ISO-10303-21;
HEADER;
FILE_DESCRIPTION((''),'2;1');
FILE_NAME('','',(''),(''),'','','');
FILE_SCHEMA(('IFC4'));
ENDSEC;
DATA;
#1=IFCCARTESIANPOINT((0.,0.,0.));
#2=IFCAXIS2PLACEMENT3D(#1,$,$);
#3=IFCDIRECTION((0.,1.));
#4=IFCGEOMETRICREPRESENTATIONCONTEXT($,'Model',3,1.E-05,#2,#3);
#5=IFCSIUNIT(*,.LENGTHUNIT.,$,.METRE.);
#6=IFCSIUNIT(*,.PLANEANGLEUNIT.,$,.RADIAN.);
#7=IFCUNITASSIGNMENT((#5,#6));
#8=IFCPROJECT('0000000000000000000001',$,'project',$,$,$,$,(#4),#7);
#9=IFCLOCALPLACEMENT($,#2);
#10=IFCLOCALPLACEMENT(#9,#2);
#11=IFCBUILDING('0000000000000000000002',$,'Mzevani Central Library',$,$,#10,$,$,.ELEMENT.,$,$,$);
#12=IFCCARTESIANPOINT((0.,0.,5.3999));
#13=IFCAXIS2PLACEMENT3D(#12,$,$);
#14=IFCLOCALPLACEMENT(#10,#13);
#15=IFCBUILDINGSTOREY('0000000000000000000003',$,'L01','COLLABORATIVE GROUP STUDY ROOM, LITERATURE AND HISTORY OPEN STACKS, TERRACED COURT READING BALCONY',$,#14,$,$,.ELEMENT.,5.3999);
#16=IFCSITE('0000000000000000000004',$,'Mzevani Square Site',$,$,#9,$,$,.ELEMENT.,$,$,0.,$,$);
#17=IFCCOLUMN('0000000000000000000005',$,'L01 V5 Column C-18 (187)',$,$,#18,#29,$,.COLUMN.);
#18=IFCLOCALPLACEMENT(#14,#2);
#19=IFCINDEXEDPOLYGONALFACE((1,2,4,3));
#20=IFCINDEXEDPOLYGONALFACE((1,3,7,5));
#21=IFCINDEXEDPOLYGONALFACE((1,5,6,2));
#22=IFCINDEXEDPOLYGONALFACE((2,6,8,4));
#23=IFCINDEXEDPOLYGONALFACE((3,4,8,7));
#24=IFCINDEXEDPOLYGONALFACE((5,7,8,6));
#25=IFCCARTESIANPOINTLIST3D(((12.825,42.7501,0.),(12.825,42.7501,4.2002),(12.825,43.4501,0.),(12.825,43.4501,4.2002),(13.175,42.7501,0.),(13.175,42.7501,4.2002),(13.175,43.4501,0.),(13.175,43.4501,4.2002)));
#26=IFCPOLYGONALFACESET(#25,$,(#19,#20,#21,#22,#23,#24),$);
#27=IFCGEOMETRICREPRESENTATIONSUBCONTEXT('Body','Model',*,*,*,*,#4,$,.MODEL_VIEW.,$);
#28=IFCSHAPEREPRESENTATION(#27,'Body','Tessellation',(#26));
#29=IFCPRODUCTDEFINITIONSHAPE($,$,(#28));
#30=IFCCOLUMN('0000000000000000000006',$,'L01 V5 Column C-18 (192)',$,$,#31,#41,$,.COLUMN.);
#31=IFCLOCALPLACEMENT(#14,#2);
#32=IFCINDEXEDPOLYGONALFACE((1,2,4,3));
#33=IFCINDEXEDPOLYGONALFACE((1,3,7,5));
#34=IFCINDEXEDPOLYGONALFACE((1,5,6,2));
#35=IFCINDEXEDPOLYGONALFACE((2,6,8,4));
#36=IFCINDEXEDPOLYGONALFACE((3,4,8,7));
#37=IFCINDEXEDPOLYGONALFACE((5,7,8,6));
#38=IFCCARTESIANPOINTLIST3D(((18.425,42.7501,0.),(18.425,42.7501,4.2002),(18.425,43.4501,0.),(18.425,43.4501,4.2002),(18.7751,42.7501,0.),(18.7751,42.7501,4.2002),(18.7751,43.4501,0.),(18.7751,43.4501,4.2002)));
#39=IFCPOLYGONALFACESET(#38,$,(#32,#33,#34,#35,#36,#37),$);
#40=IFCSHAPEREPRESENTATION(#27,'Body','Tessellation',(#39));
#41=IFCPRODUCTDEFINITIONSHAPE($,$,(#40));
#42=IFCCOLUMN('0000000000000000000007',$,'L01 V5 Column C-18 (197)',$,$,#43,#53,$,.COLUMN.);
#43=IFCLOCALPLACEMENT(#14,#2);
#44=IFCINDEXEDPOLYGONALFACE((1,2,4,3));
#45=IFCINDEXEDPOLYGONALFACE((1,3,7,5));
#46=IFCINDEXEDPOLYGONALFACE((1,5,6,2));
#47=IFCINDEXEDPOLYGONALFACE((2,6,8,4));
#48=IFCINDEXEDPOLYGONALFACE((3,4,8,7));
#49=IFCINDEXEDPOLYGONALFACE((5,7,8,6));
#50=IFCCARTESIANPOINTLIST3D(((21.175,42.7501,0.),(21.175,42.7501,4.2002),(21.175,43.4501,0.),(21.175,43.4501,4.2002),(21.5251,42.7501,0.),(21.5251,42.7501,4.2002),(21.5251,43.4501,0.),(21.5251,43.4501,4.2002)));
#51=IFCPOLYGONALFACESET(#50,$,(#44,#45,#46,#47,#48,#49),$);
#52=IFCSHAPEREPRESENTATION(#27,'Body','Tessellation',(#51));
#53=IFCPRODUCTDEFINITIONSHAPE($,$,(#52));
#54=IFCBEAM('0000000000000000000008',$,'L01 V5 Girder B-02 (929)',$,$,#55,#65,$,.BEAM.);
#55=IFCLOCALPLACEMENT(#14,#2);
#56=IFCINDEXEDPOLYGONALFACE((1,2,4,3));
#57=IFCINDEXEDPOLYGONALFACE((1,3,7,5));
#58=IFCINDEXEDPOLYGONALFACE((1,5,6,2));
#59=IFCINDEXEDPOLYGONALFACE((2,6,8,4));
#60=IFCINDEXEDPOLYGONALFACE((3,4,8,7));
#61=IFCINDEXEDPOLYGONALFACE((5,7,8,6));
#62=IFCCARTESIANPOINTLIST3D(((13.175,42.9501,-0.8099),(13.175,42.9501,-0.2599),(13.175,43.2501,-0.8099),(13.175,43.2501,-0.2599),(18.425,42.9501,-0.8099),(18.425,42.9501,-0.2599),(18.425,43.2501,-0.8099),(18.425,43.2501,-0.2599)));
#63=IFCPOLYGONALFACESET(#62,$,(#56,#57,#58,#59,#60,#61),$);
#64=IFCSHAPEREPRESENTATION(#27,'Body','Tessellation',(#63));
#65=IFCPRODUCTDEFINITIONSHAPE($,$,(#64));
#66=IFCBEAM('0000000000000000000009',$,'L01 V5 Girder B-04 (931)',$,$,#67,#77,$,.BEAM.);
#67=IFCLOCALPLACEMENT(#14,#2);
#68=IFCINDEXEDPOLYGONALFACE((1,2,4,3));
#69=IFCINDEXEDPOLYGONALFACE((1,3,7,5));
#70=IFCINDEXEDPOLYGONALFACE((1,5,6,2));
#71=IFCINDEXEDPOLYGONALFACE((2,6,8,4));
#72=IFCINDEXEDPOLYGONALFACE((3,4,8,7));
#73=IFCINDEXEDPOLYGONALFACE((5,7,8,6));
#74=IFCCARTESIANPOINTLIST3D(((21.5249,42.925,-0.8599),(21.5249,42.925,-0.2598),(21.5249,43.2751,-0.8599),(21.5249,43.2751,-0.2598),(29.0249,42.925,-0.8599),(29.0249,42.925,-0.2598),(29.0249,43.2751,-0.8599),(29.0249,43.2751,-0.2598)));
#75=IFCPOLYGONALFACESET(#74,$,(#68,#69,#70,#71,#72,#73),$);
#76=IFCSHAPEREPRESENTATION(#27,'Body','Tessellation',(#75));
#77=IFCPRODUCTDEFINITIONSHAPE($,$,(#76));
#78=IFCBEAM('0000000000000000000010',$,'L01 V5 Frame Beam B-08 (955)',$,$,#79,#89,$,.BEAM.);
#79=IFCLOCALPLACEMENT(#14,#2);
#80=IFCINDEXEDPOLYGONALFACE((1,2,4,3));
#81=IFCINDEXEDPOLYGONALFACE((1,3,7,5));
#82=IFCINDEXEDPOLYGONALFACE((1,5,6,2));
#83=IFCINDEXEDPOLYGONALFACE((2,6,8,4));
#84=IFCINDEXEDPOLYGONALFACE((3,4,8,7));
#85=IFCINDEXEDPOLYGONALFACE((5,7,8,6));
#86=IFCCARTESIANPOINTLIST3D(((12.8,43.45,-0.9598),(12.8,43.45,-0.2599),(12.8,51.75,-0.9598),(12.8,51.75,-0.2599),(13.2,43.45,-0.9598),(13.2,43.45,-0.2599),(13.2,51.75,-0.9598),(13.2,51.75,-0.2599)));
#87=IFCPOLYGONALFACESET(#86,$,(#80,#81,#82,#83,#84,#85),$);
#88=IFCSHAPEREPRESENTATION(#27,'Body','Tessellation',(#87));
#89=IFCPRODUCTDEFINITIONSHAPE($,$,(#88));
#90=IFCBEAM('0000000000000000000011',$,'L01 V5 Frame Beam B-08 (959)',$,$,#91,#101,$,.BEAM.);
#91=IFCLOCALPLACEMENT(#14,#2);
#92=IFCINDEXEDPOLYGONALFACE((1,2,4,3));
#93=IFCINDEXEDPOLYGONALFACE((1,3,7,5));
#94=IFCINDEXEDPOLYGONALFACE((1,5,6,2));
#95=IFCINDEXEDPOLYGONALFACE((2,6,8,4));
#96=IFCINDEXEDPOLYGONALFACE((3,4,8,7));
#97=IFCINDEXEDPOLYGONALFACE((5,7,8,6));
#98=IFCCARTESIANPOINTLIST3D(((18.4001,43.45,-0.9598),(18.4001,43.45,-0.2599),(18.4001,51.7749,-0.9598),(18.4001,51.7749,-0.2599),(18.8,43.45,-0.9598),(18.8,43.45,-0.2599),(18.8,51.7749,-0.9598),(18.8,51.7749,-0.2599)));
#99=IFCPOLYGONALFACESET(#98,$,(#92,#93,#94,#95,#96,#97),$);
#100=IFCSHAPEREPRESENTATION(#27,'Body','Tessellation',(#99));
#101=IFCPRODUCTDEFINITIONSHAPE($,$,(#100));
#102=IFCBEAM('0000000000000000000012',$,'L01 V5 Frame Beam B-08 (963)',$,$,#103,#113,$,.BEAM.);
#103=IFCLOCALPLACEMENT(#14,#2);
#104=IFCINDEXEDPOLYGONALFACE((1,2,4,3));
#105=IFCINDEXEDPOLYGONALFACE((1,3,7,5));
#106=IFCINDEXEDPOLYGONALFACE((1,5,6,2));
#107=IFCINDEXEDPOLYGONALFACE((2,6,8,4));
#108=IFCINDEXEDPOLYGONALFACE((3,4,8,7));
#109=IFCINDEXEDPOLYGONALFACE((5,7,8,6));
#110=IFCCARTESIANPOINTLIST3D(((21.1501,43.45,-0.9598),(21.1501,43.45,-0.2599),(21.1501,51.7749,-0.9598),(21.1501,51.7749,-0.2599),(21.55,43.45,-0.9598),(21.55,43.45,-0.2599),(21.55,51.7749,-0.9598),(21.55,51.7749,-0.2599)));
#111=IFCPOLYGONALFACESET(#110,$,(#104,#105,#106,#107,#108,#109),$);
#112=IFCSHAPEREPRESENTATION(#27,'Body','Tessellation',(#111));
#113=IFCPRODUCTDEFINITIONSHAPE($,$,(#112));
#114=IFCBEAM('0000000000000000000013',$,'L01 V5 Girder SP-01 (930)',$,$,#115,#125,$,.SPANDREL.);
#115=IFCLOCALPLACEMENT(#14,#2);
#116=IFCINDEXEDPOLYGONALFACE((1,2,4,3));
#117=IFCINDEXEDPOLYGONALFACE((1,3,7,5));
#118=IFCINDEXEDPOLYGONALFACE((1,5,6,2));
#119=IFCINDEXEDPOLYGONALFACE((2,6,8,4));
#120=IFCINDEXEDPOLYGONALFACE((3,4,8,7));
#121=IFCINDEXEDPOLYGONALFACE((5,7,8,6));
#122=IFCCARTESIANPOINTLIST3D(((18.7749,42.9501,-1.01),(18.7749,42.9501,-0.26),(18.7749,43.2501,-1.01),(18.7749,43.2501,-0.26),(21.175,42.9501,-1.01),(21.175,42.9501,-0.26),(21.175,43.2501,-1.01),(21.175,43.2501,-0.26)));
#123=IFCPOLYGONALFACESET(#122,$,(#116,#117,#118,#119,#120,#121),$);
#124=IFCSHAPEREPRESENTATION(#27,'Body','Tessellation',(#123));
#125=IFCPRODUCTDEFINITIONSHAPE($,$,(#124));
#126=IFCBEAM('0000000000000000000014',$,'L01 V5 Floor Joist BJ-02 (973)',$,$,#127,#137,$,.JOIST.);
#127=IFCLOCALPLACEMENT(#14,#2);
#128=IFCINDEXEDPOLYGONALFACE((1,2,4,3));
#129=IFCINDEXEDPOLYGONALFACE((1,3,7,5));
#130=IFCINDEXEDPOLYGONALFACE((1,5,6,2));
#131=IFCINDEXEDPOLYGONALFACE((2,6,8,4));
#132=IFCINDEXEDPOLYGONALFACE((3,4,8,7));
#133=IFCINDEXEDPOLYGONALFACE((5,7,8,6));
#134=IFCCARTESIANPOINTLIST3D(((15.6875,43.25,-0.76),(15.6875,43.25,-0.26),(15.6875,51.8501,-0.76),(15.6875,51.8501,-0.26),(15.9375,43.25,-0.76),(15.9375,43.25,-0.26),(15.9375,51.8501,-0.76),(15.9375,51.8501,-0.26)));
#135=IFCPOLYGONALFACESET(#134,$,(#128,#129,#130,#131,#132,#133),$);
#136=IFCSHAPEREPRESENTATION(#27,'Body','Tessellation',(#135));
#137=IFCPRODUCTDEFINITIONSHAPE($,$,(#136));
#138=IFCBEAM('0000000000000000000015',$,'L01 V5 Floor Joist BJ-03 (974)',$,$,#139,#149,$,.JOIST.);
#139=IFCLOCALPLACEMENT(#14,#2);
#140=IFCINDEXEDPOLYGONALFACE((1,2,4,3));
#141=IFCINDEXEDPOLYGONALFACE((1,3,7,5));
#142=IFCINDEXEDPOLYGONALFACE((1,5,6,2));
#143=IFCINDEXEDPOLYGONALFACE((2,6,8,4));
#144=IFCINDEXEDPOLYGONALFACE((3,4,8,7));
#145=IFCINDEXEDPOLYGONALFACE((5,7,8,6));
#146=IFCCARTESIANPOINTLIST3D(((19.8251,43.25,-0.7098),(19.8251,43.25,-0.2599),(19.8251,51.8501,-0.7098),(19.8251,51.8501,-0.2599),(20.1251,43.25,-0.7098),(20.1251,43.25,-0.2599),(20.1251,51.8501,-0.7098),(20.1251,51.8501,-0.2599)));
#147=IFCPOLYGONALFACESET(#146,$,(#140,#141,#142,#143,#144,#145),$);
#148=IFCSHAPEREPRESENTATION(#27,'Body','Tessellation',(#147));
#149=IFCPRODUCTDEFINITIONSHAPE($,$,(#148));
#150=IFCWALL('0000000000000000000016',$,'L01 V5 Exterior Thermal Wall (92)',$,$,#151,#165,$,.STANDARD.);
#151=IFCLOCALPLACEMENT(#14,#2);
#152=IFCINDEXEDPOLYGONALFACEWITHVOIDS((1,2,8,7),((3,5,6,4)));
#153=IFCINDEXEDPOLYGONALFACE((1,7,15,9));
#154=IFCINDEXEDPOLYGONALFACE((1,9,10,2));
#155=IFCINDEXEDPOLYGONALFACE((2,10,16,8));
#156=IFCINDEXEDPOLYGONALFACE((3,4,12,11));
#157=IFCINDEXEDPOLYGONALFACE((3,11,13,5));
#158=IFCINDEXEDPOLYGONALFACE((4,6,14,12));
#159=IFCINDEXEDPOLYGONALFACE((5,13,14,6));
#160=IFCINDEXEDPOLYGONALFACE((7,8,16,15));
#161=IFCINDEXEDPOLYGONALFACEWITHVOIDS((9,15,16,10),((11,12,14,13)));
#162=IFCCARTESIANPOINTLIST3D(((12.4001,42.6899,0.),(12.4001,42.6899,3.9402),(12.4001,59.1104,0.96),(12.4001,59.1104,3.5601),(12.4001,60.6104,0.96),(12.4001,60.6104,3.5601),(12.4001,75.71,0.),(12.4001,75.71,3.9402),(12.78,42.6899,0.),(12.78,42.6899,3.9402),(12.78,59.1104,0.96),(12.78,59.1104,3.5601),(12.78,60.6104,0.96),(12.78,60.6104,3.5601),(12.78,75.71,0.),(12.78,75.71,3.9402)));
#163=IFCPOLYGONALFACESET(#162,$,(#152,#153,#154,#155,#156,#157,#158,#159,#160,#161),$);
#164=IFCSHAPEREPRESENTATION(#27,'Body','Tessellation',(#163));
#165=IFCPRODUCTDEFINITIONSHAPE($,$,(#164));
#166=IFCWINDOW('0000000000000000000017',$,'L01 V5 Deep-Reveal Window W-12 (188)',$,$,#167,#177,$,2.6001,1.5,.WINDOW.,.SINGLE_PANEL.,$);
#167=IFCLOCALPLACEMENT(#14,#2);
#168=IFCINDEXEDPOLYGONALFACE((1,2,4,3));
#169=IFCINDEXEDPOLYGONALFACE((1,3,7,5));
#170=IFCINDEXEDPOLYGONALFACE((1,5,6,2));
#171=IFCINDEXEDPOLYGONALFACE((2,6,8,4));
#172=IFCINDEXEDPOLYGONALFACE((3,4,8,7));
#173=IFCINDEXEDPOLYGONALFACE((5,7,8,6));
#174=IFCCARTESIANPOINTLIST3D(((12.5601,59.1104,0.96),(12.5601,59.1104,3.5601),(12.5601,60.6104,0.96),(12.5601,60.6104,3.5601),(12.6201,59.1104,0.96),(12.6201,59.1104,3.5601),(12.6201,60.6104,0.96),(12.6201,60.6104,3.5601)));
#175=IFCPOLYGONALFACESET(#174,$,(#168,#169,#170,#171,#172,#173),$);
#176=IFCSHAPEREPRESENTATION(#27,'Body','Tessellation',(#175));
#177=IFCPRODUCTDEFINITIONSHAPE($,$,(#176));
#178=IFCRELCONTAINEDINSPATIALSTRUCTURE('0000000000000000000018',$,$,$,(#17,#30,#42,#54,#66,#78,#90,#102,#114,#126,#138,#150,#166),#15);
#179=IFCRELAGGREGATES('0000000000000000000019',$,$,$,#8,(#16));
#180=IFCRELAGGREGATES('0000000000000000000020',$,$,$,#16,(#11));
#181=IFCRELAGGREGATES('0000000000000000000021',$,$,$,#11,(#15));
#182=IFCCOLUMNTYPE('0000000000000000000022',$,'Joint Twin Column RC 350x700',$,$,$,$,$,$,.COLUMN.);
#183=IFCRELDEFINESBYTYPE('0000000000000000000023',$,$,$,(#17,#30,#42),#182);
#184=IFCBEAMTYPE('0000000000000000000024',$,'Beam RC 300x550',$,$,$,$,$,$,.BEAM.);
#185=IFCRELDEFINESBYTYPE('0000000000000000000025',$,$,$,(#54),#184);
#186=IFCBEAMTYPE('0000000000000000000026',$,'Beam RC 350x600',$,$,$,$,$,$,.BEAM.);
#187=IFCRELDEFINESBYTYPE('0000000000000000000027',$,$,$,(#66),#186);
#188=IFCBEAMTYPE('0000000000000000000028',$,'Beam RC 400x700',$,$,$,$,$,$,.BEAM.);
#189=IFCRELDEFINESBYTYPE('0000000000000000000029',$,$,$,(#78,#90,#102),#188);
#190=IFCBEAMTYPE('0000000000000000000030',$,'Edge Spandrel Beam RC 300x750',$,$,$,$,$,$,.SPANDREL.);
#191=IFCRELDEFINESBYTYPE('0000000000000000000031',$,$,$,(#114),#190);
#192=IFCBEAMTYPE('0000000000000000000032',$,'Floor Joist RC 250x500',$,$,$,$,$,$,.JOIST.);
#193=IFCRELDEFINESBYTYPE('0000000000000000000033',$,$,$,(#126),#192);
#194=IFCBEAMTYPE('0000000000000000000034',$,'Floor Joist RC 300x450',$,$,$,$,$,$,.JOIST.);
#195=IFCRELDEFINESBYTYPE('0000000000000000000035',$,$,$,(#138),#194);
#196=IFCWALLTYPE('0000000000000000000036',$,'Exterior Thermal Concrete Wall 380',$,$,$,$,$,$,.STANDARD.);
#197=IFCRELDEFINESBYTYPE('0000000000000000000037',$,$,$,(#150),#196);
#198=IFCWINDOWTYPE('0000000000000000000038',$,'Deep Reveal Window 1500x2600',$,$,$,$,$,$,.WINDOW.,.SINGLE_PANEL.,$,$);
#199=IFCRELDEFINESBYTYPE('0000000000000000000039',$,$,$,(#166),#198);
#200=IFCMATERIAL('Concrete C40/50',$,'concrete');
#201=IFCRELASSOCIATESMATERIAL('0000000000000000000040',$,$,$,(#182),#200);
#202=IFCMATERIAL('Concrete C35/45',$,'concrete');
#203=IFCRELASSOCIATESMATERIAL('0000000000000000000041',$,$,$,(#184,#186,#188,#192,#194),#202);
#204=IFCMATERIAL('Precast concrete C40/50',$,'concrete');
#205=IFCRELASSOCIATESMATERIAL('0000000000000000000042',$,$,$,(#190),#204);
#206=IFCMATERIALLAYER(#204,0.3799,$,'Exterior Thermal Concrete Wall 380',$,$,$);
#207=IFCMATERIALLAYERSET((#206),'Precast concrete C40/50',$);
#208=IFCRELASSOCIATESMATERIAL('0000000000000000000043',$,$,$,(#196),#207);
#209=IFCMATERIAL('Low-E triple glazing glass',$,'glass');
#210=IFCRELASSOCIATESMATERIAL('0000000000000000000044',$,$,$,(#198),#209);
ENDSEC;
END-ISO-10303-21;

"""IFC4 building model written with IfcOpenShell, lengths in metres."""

from ifc_helpers import new_model, si_unit, direction, frame, frame_2d, origin, origin_2d, place, context, subcontext, project, spatial, rectangle, extrude, material, layer, layer_set, material_profile, profile_set, type_object, element, fill, save


model = new_model("IFC4")

# Units and contexts
model_context = context("Model", 3, precision=1e-05, world=origin(), true_north=direction((0.0, 1.0)))
body_context = subcontext(model_context, "Body", "Model", "MODEL_VIEW")
ifc_project = project(units=[si_unit("LENGTHUNIT", "METRE"), si_unit("PLANEANGLEUNIT", "RADIAN")], contexts=[model_context])

# Site, building, storey
site_placement = place(None, origin())
site = spatial("IfcSite", under=ifc_project, at=site_placement, Name="Mzevani Square Site", CompositionType="ELEMENT", RefElevation=0.0)
building_placement = place(site_placement, origin())
building = spatial("IfcBuilding", under=site, at=building_placement, Name="Mzevani Central Library", CompositionType="ELEMENT")
storey_placement = place(building_placement, frame((0.0, 0.0, 5.3999)))
storey = spatial("IfcBuildingStorey", under=building, at=storey_placement, Name="L01", Description="COLLABORATIVE GROUP STUDY ROOM, LITERATURE AND HISTORY OPEN STACKS, TERRACED COURT READING BALCONY", CompositionType="ELEMENT", Elevation=5.3999)

# Columns
ifc_material_1 = material(Name="Concrete C40/50", Category="concrete")
ifc_material_profile_1 = material_profile(ifc_material_1, rectangle(XDim=0.3501, YDim=0.7, at=origin_2d()), Name="RC 350x700")
ifc_profile_set_1 = profile_set([ifc_material_profile_1], Name="Concrete C40/50")
column_type = type_object("IfcColumnType", Name="Joint Twin Column RC 350x700", PredefinedType="COLUMN", material=ifc_profile_set_1)
for number, where, z_axis, x_axis, name in (
    (1, (13.0, 43.1001, 0.0), (0.0, 0.0, 1.0), (1.0, 0.0, 0.0), "L01 V5 Column C-18 (187)"),
    (2, (18.6001, 43.1001, 0.0), (0.0, 0.0, 1.0), (1.0, 0.0, 0.0), "L01 V5 Column C-18 (192)"),
    (3, (21.3501, 43.1001, 0.0), (0.0, 0.0, 1.0), (1.0, 0.0, 0.0), "L01 V5 Column C-18 (197)"),
):
    element("IfcColumn", number, at=place(storey_placement, frame(where, z_axis=z_axis, x_axis=x_axis)), inside=storey, type_object=column_type, Name=name, PredefinedType="COLUMN", context=body_context, shape_type="SweptSolid", body=[
        extrude(rectangle(XDim=0.3501, YDim=0.7, at=origin_2d()), origin(), (0.0, 0.0, 1.0), 4.2002),
    ])

# Beams
ifc_material_2 = material(Name="Concrete C35/45", Category="concrete")
ifc_material_profile_2 = material_profile(ifc_material_2, rectangle(XDim=0.3, YDim=0.55, at=origin_2d()), Name="RC B300x550")
ifc_profile_set_2 = profile_set([ifc_material_profile_2], Name="Concrete C35/45")
beam_type_1 = type_object("IfcBeamType", Name="Beam RC 300x550", PredefinedType="BEAM", material=ifc_profile_set_2)
beam_1_placement = place(storey_placement, frame((13.175, 43.1001, -0.5349), z_axis=(1.0, 0.0, 0.0), x_axis=(0.0, 1.0, 0.0)))
element("IfcBeam", 4, at=beam_1_placement, inside=storey, type_object=beam_type_1, Name="L01 V5 Girder B-02 (929)", PredefinedType="BEAM", context=body_context, shape_type="SweptSolid", body=[
    extrude(rectangle(XDim=0.3, YDim=0.55, at=origin_2d()), origin(), (0.0, 0.0, 1.0), 5.25),
])
ifc_material_profile_3 = material_profile(ifc_material_2, rectangle(XDim=0.3501, YDim=0.6001, at=origin_2d()), Name="RC B350x600")
ifc_profile_set_3 = profile_set([ifc_material_profile_3], Name="Concrete C35/45")
beam_type_2 = type_object("IfcBeamType", Name="Beam RC 350x600", PredefinedType="BEAM", material=ifc_profile_set_3)
beam_2_placement = place(storey_placement, frame((21.5249, 43.1001, -0.5598), z_axis=(1.0, 0.0, 0.0), x_axis=(0.0, 1.0, 0.0)))
element("IfcBeam", 5, at=beam_2_placement, inside=storey, type_object=beam_type_2, Name="L01 V5 Girder B-04 (931)", PredefinedType="BEAM", context=body_context, shape_type="SweptSolid", body=[
    extrude(rectangle(XDim=0.3501, YDim=0.6001, at=origin_2d()), origin(), (0.0, 0.0, 1.0), 7.5),
])
ifc_material_profile_4 = material_profile(ifc_material_2, rectangle(XDim=0.3999, YDim=0.7, at=origin_2d()), Name="RC B400x700")
ifc_profile_set_4 = profile_set([ifc_material_profile_4], Name="Concrete C35/45")
beam_type_3 = type_object("IfcBeamType", Name="Beam RC 400x700", PredefinedType="BEAM", material=ifc_profile_set_4)
beam_3_placement = place(storey_placement, frame((13.0, 43.45, -0.6099), z_axis=(0.0, 1.0, 0.0), x_axis=(-1.0, 0.0, 0.0)))
element("IfcBeam", 6, at=beam_3_placement, inside=storey, type_object=beam_type_3, Name="L01 V5 Frame Beam B-08 (955)", PredefinedType="BEAM", context=body_context, shape_type="SweptSolid", body=[
    extrude(rectangle(XDim=0.3999, YDim=0.7, at=origin_2d()), origin(), (0.0, 0.0, 1.0), 8.3),
])
for number, where, z_axis, x_axis, name in (
    (7, (18.6001, 43.45, -0.6099), (0.0, 1.0, 0.0), (-1.0, 0.0, 0.0), "L01 V5 Frame Beam B-08 (959)"),
    (8, (21.3501, 43.45, -0.6099), (0.0, 1.0, 0.0), (-1.0, 0.0, 0.0), "L01 V5 Frame Beam B-08 (963)"),
):
    element("IfcBeam", number, at=place(storey_placement, frame(where, z_axis=z_axis, x_axis=x_axis)), inside=storey, type_object=beam_type_3, Name=name, PredefinedType="BEAM", context=body_context, shape_type="SweptSolid", body=[
        extrude(rectangle(XDim=0.3999, YDim=0.7, at=origin_2d()), origin(), (0.0, 0.0, 1.0), 8.325),
    ])
ifc_material_3 = material(Name="Precast concrete C40/50", Category="concrete")
ifc_material_profile_5 = material_profile(ifc_material_3, rectangle(XDim=0.3, YDim=0.75, at=origin_2d()), Name="RC SP300x750")
ifc_profile_set_5 = profile_set([ifc_material_profile_5], Name="Precast concrete C40/50")
beam_type_4 = type_object("IfcBeamType", Name="Edge Spandrel Beam RC 300x750", PredefinedType="SPANDREL", material=ifc_profile_set_5)
beam_4_placement = place(storey_placement, frame((18.7749, 43.1001, -0.635), z_axis=(1.0, 0.0, 0.0), x_axis=(0.0, 1.0, 0.0)))
element("IfcBeam", 9, at=beam_4_placement, inside=storey, type_object=beam_type_4, Name="L01 V5 Girder SP-01 (930)", PredefinedType="SPANDREL", context=body_context, shape_type="SweptSolid", body=[
    extrude(rectangle(XDim=0.3, YDim=0.75, at=origin_2d()), origin(), (0.0, 0.0, 1.0), 2.4001),
])
ifc_material_profile_6 = material_profile(ifc_material_2, rectangle(XDim=0.25, YDim=0.5, at=origin_2d()), Name="RC J250x500")
ifc_profile_set_6 = profile_set([ifc_material_profile_6], Name="Concrete C35/45")
beam_type_5 = type_object("IfcBeamType", Name="Floor Joist RC 250x500", PredefinedType="JOIST", material=ifc_profile_set_6)
beam_5_placement = place(storey_placement, frame((15.8125, 43.25, -0.51), z_axis=(0.0, 1.0, 0.0), x_axis=(-1.0, 0.0, 0.0)))
element("IfcBeam", 10, at=beam_5_placement, inside=storey, type_object=beam_type_5, Name="L01 V5 Floor Joist BJ-02 (973)", PredefinedType="JOIST", context=body_context, shape_type="SweptSolid", body=[
    extrude(rectangle(XDim=0.25, YDim=0.5, at=origin_2d()), origin(), (0.0, 0.0, 1.0), 8.6001),
])
ifc_material_profile_7 = material_profile(ifc_material_2, rectangle(XDim=0.3, YDim=0.45, at=origin_2d()), Name="RC J300x450")
ifc_profile_set_7 = profile_set([ifc_material_profile_7], Name="Concrete C35/45")
beam_type_6 = type_object("IfcBeamType", Name="Floor Joist RC 300x450", PredefinedType="JOIST", material=ifc_profile_set_7)
beam_6_placement = place(storey_placement, frame((19.9751, 43.25, -0.4849), z_axis=(0.0, 1.0, 0.0), x_axis=(-1.0, 0.0, 0.0)))
element("IfcBeam", 11, at=beam_6_placement, inside=storey, type_object=beam_type_6, Name="L01 V5 Floor Joist BJ-03 (974)", PredefinedType="JOIST", context=body_context, shape_type="SweptSolid", body=[
    extrude(rectangle(XDim=0.3, YDim=0.45, at=origin_2d()), origin(), (0.0, 0.0, 1.0), 8.6001),
])

# Wall, opening, window
ifc_layer_1 = layer(ifc_material_3, 0.3799, Name="Exterior Thermal Concrete Wall 380")
ifc_layer_set_1 = layer_set([ifc_layer_1], Name="Precast concrete C40/50")
wall_type_1 = type_object("IfcWallType", Name="Exterior Thermal Concrete Wall 380", PredefinedType="STANDARD", material=ifc_layer_set_1)
wall_1_placement = place(storey_placement, frame((12.5901, 42.6899, 0.0), z_axis=(0.0, 0.0, 1.0), x_axis=(0.0, 1.0, 0.0)))
wall_1 = element("IfcWall", 12, at=wall_1_placement, inside=storey, type_object=wall_type_1, Name="L01 V5 Exterior Thermal Wall (92)", PredefinedType="STANDARD", context=body_context, shape_type="SweptSolid", body=[
    extrude(rectangle(XDim=33.02, YDim=0.3799, at=frame_2d((16.51, 0.0))), origin(), (0.0, 0.0, 1.0), 3.9402),
])
opening_1_placement = place(wall_1_placement, frame((16.4204, 0.0, 0.96)))
opening_1 = element("IfcOpeningElement", 13, at=opening_1_placement, cuts=wall_1, PredefinedType="OPENING", context=body_context, shape_type="SweptSolid", body=[
    extrude(rectangle(XDim=1.5, YDim=2.6001, at=frame_2d((0.75, 1.3))), frame((0.0, 0.2, 0.0), z_axis=(0.0, -1.0, 0.0), x_axis=(1.0, 0.0, 0.0)), (0.0, 0.0, 1.0), 0.3999),
])
ifc_material_4 = material(Name="Low-E triple glazing glass", Category="glass")
window_type = type_object("IfcWindowType", Name="Deep Reveal Window 1500x2600", PartitioningType="SINGLE_PANEL", PredefinedType="WINDOW", material=ifc_material_4)
window_placement = place(opening_1_placement, origin())
window = element("IfcWindow", 14, at=window_placement, inside=storey, type_object=window_type, Name="L01 V5 Deep-Reveal Window W-12 (188)", OverallHeight=2.6001, OverallWidth=1.5, PartitioningType="SINGLE_PANEL", PredefinedType="WINDOW", context=body_context, shape_type="SweptSolid", body=[
    extrude(rectangle(XDim=1.5, YDim=2.6001, at=frame_2d((0.75, 1.3))), frame((0.0, 0.03, 0.0), z_axis=(0.0, -1.0, 0.0), x_axis=(1.0, 0.0, 0.0)), (0.0, 0.0, 1.0), 0.0601),
])
fill(opening_1, window)

save(model, "model.ifc")
